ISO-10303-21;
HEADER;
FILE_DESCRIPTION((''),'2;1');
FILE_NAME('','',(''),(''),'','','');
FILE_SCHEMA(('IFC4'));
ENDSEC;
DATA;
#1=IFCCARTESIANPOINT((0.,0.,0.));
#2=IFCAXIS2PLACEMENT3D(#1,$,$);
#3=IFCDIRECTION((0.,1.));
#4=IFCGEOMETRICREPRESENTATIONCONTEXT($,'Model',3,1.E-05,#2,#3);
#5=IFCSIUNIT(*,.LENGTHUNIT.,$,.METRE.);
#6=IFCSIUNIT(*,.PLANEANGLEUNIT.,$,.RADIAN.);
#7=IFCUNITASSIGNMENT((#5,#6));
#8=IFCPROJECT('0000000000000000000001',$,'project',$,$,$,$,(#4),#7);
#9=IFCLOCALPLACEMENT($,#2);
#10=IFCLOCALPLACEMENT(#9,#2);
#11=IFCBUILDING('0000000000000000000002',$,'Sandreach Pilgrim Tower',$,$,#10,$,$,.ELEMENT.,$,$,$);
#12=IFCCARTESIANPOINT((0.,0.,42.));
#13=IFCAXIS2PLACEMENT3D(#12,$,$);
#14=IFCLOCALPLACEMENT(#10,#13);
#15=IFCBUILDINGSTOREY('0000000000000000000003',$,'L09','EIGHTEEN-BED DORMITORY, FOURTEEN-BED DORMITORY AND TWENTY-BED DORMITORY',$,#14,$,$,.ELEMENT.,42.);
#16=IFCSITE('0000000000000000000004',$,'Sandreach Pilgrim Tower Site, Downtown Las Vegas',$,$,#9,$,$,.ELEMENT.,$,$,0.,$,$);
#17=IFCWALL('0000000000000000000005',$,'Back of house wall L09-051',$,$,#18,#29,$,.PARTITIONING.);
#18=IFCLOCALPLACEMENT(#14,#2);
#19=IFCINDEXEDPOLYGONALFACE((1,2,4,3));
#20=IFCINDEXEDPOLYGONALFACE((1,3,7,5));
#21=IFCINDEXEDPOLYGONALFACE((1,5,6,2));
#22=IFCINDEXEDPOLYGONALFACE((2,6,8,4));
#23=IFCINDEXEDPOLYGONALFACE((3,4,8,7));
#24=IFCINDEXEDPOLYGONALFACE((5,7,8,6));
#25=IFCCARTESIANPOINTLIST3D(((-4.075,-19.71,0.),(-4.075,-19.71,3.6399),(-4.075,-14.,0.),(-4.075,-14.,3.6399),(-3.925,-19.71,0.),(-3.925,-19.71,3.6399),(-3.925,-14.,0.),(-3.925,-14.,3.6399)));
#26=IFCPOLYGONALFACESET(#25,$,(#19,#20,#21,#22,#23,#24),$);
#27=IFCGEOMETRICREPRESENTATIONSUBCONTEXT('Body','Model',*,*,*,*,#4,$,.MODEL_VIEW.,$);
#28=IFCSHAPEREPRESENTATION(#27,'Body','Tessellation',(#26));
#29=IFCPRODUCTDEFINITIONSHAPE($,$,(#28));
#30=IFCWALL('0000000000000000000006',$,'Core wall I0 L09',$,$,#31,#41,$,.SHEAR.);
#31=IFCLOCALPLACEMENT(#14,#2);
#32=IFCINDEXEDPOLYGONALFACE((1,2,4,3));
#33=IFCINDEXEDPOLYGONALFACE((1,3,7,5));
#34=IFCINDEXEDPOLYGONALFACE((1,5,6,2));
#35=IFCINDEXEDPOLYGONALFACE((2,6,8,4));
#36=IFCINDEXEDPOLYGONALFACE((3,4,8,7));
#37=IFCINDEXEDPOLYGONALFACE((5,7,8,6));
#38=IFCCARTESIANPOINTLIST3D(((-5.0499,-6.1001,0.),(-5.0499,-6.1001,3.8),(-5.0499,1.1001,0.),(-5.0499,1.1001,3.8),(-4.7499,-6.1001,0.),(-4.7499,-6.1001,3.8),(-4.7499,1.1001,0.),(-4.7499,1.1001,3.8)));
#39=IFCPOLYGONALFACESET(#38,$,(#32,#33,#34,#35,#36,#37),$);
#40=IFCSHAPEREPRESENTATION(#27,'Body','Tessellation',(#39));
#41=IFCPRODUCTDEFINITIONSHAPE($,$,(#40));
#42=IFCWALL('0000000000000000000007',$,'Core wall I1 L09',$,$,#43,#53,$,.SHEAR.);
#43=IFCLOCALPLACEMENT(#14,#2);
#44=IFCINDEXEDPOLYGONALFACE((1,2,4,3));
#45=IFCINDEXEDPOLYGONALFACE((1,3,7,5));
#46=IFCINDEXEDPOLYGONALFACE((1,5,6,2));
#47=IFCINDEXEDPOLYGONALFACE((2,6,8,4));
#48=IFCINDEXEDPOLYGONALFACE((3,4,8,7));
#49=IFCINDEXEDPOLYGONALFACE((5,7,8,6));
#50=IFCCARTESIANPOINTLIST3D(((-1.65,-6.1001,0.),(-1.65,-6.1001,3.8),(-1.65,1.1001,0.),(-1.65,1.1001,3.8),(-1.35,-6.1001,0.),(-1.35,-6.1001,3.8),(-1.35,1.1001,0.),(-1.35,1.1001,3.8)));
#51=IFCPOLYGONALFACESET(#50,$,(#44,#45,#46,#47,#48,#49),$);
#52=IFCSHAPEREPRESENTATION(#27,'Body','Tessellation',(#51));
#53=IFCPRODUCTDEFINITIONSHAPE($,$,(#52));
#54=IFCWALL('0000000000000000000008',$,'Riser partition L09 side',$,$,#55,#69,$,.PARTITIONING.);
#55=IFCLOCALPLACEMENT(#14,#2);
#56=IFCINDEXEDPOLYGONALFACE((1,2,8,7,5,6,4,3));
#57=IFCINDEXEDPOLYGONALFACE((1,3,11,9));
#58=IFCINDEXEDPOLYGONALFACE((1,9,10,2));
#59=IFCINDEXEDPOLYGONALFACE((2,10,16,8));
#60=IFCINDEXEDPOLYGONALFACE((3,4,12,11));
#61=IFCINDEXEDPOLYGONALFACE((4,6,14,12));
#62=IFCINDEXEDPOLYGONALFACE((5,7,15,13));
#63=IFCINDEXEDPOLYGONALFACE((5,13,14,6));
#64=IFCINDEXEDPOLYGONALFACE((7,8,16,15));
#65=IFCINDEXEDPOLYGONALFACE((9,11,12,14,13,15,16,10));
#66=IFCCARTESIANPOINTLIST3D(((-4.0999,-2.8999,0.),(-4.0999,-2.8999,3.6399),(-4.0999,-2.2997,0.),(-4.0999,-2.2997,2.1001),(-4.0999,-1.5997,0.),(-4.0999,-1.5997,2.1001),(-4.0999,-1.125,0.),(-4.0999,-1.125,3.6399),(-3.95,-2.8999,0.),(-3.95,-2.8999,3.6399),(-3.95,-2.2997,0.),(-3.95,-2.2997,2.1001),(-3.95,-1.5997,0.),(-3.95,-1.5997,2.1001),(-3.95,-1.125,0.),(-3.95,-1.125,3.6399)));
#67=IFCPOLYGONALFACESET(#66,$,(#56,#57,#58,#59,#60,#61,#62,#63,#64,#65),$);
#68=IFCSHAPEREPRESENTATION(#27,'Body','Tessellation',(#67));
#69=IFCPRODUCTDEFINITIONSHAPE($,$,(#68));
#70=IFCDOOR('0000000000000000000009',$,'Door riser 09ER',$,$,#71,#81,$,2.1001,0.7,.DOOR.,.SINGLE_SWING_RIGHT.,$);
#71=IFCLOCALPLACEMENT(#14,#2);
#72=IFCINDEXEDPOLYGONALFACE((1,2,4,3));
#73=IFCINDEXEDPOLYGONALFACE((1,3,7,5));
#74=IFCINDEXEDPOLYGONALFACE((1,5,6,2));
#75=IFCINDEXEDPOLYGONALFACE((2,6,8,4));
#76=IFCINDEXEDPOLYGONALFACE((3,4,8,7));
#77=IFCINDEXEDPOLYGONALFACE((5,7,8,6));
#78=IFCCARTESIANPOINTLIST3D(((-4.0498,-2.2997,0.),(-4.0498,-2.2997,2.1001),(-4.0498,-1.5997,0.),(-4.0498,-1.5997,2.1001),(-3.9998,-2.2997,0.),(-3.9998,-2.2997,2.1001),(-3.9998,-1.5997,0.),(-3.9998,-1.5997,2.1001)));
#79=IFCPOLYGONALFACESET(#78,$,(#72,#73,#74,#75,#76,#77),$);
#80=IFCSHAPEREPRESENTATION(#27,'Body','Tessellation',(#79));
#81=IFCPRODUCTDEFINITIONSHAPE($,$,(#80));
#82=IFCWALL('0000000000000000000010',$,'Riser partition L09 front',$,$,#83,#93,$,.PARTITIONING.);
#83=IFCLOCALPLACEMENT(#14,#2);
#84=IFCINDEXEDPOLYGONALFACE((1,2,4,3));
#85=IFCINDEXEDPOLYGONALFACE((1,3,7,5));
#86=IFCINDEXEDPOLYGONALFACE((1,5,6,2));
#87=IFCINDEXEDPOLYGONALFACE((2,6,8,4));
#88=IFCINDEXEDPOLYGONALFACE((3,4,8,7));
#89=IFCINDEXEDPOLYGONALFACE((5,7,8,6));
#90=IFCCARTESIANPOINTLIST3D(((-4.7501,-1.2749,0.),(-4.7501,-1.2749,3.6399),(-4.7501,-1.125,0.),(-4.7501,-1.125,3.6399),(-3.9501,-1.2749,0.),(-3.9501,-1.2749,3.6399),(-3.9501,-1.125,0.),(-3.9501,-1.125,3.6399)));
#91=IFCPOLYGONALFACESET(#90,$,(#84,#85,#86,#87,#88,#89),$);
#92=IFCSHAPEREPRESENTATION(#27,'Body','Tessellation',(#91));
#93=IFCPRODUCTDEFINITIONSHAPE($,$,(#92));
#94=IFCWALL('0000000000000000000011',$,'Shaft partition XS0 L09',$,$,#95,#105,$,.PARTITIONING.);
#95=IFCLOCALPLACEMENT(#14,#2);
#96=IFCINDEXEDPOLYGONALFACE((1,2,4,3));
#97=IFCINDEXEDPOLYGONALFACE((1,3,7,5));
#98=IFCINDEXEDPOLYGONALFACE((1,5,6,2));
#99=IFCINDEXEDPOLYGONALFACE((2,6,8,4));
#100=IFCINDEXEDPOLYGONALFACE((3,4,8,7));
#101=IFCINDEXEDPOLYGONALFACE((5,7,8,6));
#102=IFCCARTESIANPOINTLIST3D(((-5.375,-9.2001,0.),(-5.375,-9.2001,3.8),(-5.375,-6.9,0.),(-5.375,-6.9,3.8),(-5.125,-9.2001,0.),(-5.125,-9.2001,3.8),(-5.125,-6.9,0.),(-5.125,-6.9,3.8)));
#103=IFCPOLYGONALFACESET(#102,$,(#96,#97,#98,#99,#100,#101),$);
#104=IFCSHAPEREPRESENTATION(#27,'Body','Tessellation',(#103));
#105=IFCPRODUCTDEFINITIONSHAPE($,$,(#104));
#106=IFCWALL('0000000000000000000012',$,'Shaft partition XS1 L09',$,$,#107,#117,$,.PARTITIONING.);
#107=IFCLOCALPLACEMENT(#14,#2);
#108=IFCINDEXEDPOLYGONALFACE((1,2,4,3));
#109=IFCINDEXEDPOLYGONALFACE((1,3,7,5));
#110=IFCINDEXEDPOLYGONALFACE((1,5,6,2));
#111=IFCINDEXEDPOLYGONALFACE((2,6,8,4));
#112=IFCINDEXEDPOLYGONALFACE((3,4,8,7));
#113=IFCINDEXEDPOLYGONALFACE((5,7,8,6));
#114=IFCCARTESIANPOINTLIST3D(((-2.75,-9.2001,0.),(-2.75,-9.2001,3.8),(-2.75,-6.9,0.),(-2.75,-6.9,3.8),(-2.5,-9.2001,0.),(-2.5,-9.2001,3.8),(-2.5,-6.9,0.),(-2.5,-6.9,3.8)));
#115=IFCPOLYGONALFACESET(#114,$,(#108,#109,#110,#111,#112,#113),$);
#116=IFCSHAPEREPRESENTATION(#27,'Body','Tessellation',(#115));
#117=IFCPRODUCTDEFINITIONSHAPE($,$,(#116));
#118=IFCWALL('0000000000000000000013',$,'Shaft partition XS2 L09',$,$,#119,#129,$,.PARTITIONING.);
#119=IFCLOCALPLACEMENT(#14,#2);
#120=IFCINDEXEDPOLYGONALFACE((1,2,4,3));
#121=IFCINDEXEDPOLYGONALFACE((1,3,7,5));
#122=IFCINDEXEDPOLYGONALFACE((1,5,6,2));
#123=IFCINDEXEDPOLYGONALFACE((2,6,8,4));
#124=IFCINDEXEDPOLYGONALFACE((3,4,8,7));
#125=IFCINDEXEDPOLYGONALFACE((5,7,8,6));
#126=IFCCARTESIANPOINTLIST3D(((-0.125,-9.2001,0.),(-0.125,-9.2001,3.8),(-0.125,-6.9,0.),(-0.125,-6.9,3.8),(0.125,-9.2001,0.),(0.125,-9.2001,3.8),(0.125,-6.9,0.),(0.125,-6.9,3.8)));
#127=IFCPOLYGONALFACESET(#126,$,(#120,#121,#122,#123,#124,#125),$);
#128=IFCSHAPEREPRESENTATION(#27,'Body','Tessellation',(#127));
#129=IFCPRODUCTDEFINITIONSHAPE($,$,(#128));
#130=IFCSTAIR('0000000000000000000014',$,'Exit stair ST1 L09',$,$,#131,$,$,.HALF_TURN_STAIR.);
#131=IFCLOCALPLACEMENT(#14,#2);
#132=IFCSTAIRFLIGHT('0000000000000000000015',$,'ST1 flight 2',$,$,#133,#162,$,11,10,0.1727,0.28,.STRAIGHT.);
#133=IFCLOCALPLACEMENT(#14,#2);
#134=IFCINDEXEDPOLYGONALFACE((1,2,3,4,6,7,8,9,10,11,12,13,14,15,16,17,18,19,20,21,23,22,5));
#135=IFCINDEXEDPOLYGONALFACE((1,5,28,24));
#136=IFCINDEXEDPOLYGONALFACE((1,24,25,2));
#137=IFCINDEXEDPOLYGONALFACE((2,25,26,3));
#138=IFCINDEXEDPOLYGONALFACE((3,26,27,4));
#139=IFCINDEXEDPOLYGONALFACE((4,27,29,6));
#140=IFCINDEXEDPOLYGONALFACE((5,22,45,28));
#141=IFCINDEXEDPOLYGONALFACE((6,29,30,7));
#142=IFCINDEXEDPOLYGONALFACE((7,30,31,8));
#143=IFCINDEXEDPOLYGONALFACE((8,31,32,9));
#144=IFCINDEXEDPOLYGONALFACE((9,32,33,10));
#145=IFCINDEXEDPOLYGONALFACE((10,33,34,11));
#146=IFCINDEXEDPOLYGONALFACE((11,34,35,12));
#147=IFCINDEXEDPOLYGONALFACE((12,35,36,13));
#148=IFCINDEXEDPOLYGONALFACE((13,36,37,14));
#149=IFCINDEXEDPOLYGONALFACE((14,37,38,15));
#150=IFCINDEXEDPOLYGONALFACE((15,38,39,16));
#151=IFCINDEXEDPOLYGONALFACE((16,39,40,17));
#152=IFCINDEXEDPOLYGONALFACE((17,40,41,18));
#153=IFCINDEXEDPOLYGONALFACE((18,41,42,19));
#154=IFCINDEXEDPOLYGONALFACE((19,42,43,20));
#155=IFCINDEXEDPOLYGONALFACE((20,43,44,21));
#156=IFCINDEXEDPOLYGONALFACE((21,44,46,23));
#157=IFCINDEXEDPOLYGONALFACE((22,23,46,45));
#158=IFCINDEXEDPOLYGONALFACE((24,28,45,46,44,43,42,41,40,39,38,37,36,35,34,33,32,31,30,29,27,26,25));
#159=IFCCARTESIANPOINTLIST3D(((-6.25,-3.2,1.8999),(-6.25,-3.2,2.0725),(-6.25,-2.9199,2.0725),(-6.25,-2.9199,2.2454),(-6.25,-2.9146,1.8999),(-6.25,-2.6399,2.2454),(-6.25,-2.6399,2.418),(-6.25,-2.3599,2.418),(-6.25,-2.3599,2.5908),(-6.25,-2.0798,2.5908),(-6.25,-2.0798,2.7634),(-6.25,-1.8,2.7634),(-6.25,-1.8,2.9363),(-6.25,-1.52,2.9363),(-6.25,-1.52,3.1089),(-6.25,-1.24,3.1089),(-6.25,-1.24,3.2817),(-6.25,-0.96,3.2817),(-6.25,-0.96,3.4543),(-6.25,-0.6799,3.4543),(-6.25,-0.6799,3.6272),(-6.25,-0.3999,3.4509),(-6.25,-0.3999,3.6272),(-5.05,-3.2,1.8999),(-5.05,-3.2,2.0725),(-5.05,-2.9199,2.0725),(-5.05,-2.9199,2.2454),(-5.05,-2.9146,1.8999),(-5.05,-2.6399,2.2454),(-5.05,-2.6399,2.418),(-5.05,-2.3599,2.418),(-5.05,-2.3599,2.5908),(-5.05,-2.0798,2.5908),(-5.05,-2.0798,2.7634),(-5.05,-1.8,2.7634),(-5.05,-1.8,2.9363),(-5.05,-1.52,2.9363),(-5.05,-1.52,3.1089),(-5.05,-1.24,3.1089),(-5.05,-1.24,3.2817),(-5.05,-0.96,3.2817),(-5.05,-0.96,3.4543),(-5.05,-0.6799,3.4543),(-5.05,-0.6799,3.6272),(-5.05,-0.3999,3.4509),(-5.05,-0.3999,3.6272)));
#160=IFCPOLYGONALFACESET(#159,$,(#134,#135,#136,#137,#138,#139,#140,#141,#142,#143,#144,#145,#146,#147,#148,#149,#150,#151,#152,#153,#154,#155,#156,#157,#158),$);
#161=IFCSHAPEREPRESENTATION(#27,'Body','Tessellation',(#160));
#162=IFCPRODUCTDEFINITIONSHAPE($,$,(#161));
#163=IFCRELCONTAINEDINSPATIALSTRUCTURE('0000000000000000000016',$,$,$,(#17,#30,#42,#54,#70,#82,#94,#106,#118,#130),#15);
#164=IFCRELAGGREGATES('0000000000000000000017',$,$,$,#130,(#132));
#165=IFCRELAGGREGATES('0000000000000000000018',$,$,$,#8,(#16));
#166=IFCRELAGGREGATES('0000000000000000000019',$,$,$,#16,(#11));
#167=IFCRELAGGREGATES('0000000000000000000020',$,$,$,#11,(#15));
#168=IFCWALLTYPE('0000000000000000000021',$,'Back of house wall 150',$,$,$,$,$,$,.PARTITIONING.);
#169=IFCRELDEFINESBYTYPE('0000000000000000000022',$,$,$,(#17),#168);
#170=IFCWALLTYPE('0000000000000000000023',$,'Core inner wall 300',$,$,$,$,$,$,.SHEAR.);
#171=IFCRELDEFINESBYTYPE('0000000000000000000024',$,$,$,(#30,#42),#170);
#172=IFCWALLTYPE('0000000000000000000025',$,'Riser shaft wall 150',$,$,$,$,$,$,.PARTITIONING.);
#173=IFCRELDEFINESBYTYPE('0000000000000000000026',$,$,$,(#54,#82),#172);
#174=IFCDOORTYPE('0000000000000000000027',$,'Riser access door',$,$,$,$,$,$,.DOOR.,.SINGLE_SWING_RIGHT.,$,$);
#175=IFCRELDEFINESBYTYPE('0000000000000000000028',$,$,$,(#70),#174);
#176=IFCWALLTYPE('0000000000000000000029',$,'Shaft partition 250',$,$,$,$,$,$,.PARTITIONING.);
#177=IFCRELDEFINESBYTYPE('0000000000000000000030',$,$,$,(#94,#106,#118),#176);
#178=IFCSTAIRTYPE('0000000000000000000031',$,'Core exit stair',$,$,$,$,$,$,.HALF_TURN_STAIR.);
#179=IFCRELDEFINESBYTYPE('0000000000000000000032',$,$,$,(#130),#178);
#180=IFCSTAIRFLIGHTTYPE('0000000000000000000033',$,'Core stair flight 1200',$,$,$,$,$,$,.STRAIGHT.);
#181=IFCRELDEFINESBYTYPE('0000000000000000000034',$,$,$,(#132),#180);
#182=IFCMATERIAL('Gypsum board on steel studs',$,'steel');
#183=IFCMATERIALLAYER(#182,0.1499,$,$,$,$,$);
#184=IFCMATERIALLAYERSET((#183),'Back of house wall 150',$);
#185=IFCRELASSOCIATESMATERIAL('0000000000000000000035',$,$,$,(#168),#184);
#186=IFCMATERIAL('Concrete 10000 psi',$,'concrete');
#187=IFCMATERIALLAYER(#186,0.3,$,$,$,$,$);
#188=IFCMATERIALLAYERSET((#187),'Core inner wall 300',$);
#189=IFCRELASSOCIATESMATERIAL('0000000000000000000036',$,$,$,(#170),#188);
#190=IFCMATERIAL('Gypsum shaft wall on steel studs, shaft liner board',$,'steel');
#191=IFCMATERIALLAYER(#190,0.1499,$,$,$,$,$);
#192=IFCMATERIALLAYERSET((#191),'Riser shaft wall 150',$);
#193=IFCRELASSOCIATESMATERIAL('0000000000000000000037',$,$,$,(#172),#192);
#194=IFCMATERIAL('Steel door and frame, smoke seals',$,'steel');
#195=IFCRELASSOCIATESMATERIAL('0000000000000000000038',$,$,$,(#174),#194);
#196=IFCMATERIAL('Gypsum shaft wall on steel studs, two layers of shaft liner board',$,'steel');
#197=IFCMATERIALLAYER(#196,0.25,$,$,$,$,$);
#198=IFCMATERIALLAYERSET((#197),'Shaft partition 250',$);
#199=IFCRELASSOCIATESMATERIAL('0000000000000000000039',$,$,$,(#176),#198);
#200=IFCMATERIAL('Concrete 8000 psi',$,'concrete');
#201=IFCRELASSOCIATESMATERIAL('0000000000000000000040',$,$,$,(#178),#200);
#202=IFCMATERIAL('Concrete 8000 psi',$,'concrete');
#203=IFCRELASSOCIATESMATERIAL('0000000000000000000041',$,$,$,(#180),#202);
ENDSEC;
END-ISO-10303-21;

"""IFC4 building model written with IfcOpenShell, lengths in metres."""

from ifc_helpers import new_model, si_unit, direction, frame, frame_2d, origin, place, context, subcontext, project, spatial, polyline, rectangle, outline, extrude, material, layer, layer_set, type_object, element, fill, aggregate, save


model = new_model("IFC4")

# Units and contexts
model_context = context("Model", 3, precision=1e-05, world=origin(), true_north=direction((0.0, 1.0)))
body_context = subcontext(model_context, "Body", "Model", "MODEL_VIEW")
ifc_project = project(units=[si_unit("LENGTHUNIT", "METRE"), si_unit("PLANEANGLEUNIT", "RADIAN")], contexts=[model_context])

# Site, building, storey
site_placement = place(None, origin())
site = spatial("IfcSite", under=ifc_project, at=site_placement, Name="Sandreach Pilgrim Tower Site, Downtown Las Vegas", CompositionType="ELEMENT", RefElevation=0.0)
building_placement = place(site_placement, origin())
building = spatial("IfcBuilding", under=site, at=building_placement, Name="Sandreach Pilgrim Tower", CompositionType="ELEMENT")
storey_placement = place(building_placement, frame((0.0, 0.0, 42.0)))
storey = spatial("IfcBuildingStorey", under=building, at=storey_placement, Name="L09", Description="EIGHTEEN-BED DORMITORY, FOURTEEN-BED DORMITORY AND TWENTY-BED DORMITORY", CompositionType="ELEMENT", Elevation=42.0)

# Walls
ifc_material_1 = material(Name="Gypsum board on steel studs", Category="steel")
ifc_layer_1 = layer(ifc_material_1, 0.1499)
ifc_layer_set_1 = layer_set([ifc_layer_1], Name="Back of house wall 150")
wall_type_1 = type_object("IfcWallType", Name="Back of house wall 150", PredefinedType="PARTITIONING", material=ifc_layer_set_1)
wall_1_placement = place(storey_placement, frame((-4.0, -14.0, 0.0), z_axis=(0.0, 0.0, 1.0), x_axis=(0.0, -1.0, 0.0)))
element("IfcWall", 1, at=wall_1_placement, inside=storey, type_object=wall_type_1, Name="Back of house wall L09-051", PredefinedType="PARTITIONING", context=body_context, shape_type="SweptSolid", body=[
    extrude(rectangle(XDim=5.71, YDim=0.1499, at=frame_2d((2.855, 0.0))), origin(), (0.0, 0.0, 1.0), 3.6399),
])
ifc_material_2 = material(Name="Concrete 10000 psi", Category="concrete")
ifc_layer_2 = layer(ifc_material_2, 0.3)
ifc_layer_set_2 = layer_set([ifc_layer_2], Name="Core inner wall 300")
wall_type_2 = type_object("IfcWallType", Name="Core inner wall 300", PredefinedType="SHEAR", material=ifc_layer_set_2)
for number, where, z_axis, x_axis, name in (
    (2, (-4.8999, -6.1001, 0.0), (0.0, 0.0, 1.0), (0.0, 1.0, 0.0), "Core wall I0 L09"),
    (3, (-1.5, -6.1001, 0.0), (0.0, 0.0, 1.0), (0.0, 1.0, 0.0), "Core wall I1 L09"),
):
    element("IfcWall", number, at=place(storey_placement, frame(where, z_axis=z_axis, x_axis=x_axis)), inside=storey, type_object=wall_type_2, Name=name, PredefinedType="SHEAR", context=body_context, shape_type="SweptSolid", body=[
        extrude(rectangle(XDim=7.2002, YDim=0.3, at=frame_2d((3.6001, 0.0))), origin(), (0.0, 0.0, 1.0), 3.8),
    ])

# Wall, opening, door
ifc_material_3 = material(Name="Gypsum shaft wall on steel studs, shaft liner board", Category="steel")
ifc_layer_3 = layer(ifc_material_3, 0.1499)
ifc_layer_set_3 = layer_set([ifc_layer_3], Name="Riser shaft wall 150")
wall_type_3 = type_object("IfcWallType", Name="Riser shaft wall 150", PredefinedType="PARTITIONING", material=ifc_layer_set_3)
wall_2_placement = place(storey_placement, frame((-4.0249, -2.8999, 0.0), z_axis=(0.0, 0.0, 1.0), x_axis=(0.0, 1.0, 0.0)))
wall_2 = element("IfcWall", 4, at=wall_2_placement, inside=storey, type_object=wall_type_3, Name="Riser partition L09 side", PredefinedType="PARTITIONING", context=body_context, shape_type="SweptSolid", body=[
    extrude(rectangle(XDim=1.7749, YDim=0.1499, at=frame_2d((0.8875, 0.0))), origin(), (0.0, 0.0, 1.0), 3.6399),
])
opening_1_placement = place(wall_2_placement, frame((0.6001, 0.0, 0.0)))
opening_1 = element("IfcOpeningElement", 5, at=opening_1_placement, cuts=wall_2, PredefinedType="OPENING", context=body_context, shape_type="SweptSolid", body=[
    extrude(rectangle(XDim=0.7, YDim=2.1001, at=frame_2d((0.3501, 1.05))), frame((0.0, 0.075, 0.0), z_axis=(0.0, -1.0, 0.0), x_axis=(1.0, 0.0, 0.0)), (0.0, 0.0, 1.0), 0.1499),
])
ifc_material_4 = material(Name="Steel door and frame, smoke seals", Category="steel")
door_type_1 = type_object("IfcDoorType", Name="Riser access door", OperationType="SINGLE_SWING_RIGHT", PredefinedType="DOOR", material=ifc_material_4)
door_1_placement = place(opening_1_placement, origin())
door_1 = element("IfcDoor", 6, at=door_1_placement, inside=storey, type_object=door_type_1, Name="Door riser 09ER", OperationType="SINGLE_SWING_RIGHT", OverallHeight=2.1001, OverallWidth=0.7, PredefinedType="DOOR", context=body_context, shape_type="SweptSolid", body=[
    extrude(rectangle(XDim=0.7, YDim=2.1001, at=frame_2d((0.3501, 1.05))), frame((0.0, 0.0249, 0.0), z_axis=(0.0, -1.0, 0.0), x_axis=(1.0, 0.0, 0.0)), (0.0, 0.0, 1.0), 0.05),
])
fill(opening_1, door_1)

# Walls
wall_3_placement = place(storey_placement, frame((-4.75, -1.2, 0.0), z_axis=(0.0, 0.0, 1.0), x_axis=(1.0, 0.0, 0.0)))
element("IfcWall", 7, at=wall_3_placement, inside=storey, type_object=wall_type_3, Name="Riser partition L09 front", PredefinedType="PARTITIONING", context=body_context, shape_type="SweptSolid", body=[
    extrude(rectangle(XDim=0.8, YDim=0.1499, at=frame_2d((0.3999, 0.0))), origin(), (0.0, 0.0, 1.0), 3.6399),
])
ifc_material_5 = material(Name="Gypsum shaft wall on steel studs, two layers of shaft liner board", Category="steel")
ifc_layer_4 = layer(ifc_material_5, 0.25)
ifc_layer_set_4 = layer_set([ifc_layer_4], Name="Shaft partition 250")
wall_type_4 = type_object("IfcWallType", Name="Shaft partition 250", PredefinedType="PARTITIONING", material=ifc_layer_set_4)
for number, where, z_axis, x_axis, name in (
    (8, (-5.25, -9.2, 0.0), (0.0, 0.0, 1.0), (0.0, 1.0, 0.0), "Shaft partition XS0 L09"),
    (9, (-2.625, -9.2, 0.0), (0.0, 0.0, 1.0), (0.0, 1.0, 0.0), "Shaft partition XS1 L09"),
    (10, (0.0, -9.2, 0.0), (0.0, 0.0, 1.0), (0.0, 1.0, 0.0), "Shaft partition XS2 L09"),
):
    element("IfcWall", number, at=place(storey_placement, frame(where, z_axis=z_axis, x_axis=x_axis)), inside=storey, type_object=wall_type_4, Name=name, PredefinedType="PARTITIONING", context=body_context, shape_type="SweptSolid", body=[
        extrude(rectangle(XDim=2.3, YDim=0.25, at=frame_2d((1.1499, 0.0))), origin(), (0.0, 0.0, 1.0), 3.8),
    ])

# Stair, stair flight
ifc_material_6 = material(Name="Concrete 8000 psi", Category="concrete")
stair_type = type_object("IfcStairType", Name="Core exit stair", PredefinedType="HALF_TURN_STAIR", material=ifc_material_6)
stair_1_placement = place(storey_placement, origin())
stair_1 = element("IfcStair", 11, at=stair_1_placement, inside=storey, type_object=stair_type, Name="Exit stair ST1 L09", PredefinedType="HALF_TURN_STAIR")
ifc_material_7 = material(Name="Concrete 8000 psi", Category="concrete")
stair_flight_type = type_object("IfcStairFlightType", Name="Core stair flight 1200", PredefinedType="STRAIGHT", material=ifc_material_7)
stair_flight_1_placement = place(storey_placement, frame((-5.6499, -3.2, 1.8999), z_axis=(0.0, 0.0, 1.0), x_axis=(0.0, 1.0, 0.0)))
stair_flight_1 = element("IfcStairFlight", 12, at=stair_flight_1_placement, type_object=stair_flight_type, Name="ST1 flight 2", NumberOfRisers=11, NumberOfTreads=10, PredefinedType="STRAIGHT", RiserHeight=0.1727, TreadLength=0.28, context=body_context, shape_type="SweptSolid", body=[
    extrude(outline(polyline([(0.0, 0.0), (0.0, 0.1726), (0.28, 0.1726), (0.28, 0.3455), (0.5601, 0.3455), (0.5601, 0.5181), (0.8401, 0.5181), (0.8401, 0.6909), (1.1201, 0.6909), (1.1201, 0.8635), (1.3999, 0.8635), (1.3999, 1.0364), (1.6799, 1.0364), (1.6799, 1.209), (1.96, 1.209), (1.96, 1.3818), (2.24, 1.3818), (2.24, 1.5544), (2.52, 1.5544), (2.52, 1.7273), (2.8, 1.7273), (2.8, 1.8999), (2.8, 1.551), (0.2854, 0.0), (0.0, 0.0)])), frame((0.0, 0.6001, 0.0), z_axis=(0.0, -1.0, 0.0), x_axis=(1.0, 0.0, 0.0)), (0.0, 0.0, 1.0), 1.2),
])
aggregate(stair_1, [stair_flight_1])

save(model, "model.ifc")
